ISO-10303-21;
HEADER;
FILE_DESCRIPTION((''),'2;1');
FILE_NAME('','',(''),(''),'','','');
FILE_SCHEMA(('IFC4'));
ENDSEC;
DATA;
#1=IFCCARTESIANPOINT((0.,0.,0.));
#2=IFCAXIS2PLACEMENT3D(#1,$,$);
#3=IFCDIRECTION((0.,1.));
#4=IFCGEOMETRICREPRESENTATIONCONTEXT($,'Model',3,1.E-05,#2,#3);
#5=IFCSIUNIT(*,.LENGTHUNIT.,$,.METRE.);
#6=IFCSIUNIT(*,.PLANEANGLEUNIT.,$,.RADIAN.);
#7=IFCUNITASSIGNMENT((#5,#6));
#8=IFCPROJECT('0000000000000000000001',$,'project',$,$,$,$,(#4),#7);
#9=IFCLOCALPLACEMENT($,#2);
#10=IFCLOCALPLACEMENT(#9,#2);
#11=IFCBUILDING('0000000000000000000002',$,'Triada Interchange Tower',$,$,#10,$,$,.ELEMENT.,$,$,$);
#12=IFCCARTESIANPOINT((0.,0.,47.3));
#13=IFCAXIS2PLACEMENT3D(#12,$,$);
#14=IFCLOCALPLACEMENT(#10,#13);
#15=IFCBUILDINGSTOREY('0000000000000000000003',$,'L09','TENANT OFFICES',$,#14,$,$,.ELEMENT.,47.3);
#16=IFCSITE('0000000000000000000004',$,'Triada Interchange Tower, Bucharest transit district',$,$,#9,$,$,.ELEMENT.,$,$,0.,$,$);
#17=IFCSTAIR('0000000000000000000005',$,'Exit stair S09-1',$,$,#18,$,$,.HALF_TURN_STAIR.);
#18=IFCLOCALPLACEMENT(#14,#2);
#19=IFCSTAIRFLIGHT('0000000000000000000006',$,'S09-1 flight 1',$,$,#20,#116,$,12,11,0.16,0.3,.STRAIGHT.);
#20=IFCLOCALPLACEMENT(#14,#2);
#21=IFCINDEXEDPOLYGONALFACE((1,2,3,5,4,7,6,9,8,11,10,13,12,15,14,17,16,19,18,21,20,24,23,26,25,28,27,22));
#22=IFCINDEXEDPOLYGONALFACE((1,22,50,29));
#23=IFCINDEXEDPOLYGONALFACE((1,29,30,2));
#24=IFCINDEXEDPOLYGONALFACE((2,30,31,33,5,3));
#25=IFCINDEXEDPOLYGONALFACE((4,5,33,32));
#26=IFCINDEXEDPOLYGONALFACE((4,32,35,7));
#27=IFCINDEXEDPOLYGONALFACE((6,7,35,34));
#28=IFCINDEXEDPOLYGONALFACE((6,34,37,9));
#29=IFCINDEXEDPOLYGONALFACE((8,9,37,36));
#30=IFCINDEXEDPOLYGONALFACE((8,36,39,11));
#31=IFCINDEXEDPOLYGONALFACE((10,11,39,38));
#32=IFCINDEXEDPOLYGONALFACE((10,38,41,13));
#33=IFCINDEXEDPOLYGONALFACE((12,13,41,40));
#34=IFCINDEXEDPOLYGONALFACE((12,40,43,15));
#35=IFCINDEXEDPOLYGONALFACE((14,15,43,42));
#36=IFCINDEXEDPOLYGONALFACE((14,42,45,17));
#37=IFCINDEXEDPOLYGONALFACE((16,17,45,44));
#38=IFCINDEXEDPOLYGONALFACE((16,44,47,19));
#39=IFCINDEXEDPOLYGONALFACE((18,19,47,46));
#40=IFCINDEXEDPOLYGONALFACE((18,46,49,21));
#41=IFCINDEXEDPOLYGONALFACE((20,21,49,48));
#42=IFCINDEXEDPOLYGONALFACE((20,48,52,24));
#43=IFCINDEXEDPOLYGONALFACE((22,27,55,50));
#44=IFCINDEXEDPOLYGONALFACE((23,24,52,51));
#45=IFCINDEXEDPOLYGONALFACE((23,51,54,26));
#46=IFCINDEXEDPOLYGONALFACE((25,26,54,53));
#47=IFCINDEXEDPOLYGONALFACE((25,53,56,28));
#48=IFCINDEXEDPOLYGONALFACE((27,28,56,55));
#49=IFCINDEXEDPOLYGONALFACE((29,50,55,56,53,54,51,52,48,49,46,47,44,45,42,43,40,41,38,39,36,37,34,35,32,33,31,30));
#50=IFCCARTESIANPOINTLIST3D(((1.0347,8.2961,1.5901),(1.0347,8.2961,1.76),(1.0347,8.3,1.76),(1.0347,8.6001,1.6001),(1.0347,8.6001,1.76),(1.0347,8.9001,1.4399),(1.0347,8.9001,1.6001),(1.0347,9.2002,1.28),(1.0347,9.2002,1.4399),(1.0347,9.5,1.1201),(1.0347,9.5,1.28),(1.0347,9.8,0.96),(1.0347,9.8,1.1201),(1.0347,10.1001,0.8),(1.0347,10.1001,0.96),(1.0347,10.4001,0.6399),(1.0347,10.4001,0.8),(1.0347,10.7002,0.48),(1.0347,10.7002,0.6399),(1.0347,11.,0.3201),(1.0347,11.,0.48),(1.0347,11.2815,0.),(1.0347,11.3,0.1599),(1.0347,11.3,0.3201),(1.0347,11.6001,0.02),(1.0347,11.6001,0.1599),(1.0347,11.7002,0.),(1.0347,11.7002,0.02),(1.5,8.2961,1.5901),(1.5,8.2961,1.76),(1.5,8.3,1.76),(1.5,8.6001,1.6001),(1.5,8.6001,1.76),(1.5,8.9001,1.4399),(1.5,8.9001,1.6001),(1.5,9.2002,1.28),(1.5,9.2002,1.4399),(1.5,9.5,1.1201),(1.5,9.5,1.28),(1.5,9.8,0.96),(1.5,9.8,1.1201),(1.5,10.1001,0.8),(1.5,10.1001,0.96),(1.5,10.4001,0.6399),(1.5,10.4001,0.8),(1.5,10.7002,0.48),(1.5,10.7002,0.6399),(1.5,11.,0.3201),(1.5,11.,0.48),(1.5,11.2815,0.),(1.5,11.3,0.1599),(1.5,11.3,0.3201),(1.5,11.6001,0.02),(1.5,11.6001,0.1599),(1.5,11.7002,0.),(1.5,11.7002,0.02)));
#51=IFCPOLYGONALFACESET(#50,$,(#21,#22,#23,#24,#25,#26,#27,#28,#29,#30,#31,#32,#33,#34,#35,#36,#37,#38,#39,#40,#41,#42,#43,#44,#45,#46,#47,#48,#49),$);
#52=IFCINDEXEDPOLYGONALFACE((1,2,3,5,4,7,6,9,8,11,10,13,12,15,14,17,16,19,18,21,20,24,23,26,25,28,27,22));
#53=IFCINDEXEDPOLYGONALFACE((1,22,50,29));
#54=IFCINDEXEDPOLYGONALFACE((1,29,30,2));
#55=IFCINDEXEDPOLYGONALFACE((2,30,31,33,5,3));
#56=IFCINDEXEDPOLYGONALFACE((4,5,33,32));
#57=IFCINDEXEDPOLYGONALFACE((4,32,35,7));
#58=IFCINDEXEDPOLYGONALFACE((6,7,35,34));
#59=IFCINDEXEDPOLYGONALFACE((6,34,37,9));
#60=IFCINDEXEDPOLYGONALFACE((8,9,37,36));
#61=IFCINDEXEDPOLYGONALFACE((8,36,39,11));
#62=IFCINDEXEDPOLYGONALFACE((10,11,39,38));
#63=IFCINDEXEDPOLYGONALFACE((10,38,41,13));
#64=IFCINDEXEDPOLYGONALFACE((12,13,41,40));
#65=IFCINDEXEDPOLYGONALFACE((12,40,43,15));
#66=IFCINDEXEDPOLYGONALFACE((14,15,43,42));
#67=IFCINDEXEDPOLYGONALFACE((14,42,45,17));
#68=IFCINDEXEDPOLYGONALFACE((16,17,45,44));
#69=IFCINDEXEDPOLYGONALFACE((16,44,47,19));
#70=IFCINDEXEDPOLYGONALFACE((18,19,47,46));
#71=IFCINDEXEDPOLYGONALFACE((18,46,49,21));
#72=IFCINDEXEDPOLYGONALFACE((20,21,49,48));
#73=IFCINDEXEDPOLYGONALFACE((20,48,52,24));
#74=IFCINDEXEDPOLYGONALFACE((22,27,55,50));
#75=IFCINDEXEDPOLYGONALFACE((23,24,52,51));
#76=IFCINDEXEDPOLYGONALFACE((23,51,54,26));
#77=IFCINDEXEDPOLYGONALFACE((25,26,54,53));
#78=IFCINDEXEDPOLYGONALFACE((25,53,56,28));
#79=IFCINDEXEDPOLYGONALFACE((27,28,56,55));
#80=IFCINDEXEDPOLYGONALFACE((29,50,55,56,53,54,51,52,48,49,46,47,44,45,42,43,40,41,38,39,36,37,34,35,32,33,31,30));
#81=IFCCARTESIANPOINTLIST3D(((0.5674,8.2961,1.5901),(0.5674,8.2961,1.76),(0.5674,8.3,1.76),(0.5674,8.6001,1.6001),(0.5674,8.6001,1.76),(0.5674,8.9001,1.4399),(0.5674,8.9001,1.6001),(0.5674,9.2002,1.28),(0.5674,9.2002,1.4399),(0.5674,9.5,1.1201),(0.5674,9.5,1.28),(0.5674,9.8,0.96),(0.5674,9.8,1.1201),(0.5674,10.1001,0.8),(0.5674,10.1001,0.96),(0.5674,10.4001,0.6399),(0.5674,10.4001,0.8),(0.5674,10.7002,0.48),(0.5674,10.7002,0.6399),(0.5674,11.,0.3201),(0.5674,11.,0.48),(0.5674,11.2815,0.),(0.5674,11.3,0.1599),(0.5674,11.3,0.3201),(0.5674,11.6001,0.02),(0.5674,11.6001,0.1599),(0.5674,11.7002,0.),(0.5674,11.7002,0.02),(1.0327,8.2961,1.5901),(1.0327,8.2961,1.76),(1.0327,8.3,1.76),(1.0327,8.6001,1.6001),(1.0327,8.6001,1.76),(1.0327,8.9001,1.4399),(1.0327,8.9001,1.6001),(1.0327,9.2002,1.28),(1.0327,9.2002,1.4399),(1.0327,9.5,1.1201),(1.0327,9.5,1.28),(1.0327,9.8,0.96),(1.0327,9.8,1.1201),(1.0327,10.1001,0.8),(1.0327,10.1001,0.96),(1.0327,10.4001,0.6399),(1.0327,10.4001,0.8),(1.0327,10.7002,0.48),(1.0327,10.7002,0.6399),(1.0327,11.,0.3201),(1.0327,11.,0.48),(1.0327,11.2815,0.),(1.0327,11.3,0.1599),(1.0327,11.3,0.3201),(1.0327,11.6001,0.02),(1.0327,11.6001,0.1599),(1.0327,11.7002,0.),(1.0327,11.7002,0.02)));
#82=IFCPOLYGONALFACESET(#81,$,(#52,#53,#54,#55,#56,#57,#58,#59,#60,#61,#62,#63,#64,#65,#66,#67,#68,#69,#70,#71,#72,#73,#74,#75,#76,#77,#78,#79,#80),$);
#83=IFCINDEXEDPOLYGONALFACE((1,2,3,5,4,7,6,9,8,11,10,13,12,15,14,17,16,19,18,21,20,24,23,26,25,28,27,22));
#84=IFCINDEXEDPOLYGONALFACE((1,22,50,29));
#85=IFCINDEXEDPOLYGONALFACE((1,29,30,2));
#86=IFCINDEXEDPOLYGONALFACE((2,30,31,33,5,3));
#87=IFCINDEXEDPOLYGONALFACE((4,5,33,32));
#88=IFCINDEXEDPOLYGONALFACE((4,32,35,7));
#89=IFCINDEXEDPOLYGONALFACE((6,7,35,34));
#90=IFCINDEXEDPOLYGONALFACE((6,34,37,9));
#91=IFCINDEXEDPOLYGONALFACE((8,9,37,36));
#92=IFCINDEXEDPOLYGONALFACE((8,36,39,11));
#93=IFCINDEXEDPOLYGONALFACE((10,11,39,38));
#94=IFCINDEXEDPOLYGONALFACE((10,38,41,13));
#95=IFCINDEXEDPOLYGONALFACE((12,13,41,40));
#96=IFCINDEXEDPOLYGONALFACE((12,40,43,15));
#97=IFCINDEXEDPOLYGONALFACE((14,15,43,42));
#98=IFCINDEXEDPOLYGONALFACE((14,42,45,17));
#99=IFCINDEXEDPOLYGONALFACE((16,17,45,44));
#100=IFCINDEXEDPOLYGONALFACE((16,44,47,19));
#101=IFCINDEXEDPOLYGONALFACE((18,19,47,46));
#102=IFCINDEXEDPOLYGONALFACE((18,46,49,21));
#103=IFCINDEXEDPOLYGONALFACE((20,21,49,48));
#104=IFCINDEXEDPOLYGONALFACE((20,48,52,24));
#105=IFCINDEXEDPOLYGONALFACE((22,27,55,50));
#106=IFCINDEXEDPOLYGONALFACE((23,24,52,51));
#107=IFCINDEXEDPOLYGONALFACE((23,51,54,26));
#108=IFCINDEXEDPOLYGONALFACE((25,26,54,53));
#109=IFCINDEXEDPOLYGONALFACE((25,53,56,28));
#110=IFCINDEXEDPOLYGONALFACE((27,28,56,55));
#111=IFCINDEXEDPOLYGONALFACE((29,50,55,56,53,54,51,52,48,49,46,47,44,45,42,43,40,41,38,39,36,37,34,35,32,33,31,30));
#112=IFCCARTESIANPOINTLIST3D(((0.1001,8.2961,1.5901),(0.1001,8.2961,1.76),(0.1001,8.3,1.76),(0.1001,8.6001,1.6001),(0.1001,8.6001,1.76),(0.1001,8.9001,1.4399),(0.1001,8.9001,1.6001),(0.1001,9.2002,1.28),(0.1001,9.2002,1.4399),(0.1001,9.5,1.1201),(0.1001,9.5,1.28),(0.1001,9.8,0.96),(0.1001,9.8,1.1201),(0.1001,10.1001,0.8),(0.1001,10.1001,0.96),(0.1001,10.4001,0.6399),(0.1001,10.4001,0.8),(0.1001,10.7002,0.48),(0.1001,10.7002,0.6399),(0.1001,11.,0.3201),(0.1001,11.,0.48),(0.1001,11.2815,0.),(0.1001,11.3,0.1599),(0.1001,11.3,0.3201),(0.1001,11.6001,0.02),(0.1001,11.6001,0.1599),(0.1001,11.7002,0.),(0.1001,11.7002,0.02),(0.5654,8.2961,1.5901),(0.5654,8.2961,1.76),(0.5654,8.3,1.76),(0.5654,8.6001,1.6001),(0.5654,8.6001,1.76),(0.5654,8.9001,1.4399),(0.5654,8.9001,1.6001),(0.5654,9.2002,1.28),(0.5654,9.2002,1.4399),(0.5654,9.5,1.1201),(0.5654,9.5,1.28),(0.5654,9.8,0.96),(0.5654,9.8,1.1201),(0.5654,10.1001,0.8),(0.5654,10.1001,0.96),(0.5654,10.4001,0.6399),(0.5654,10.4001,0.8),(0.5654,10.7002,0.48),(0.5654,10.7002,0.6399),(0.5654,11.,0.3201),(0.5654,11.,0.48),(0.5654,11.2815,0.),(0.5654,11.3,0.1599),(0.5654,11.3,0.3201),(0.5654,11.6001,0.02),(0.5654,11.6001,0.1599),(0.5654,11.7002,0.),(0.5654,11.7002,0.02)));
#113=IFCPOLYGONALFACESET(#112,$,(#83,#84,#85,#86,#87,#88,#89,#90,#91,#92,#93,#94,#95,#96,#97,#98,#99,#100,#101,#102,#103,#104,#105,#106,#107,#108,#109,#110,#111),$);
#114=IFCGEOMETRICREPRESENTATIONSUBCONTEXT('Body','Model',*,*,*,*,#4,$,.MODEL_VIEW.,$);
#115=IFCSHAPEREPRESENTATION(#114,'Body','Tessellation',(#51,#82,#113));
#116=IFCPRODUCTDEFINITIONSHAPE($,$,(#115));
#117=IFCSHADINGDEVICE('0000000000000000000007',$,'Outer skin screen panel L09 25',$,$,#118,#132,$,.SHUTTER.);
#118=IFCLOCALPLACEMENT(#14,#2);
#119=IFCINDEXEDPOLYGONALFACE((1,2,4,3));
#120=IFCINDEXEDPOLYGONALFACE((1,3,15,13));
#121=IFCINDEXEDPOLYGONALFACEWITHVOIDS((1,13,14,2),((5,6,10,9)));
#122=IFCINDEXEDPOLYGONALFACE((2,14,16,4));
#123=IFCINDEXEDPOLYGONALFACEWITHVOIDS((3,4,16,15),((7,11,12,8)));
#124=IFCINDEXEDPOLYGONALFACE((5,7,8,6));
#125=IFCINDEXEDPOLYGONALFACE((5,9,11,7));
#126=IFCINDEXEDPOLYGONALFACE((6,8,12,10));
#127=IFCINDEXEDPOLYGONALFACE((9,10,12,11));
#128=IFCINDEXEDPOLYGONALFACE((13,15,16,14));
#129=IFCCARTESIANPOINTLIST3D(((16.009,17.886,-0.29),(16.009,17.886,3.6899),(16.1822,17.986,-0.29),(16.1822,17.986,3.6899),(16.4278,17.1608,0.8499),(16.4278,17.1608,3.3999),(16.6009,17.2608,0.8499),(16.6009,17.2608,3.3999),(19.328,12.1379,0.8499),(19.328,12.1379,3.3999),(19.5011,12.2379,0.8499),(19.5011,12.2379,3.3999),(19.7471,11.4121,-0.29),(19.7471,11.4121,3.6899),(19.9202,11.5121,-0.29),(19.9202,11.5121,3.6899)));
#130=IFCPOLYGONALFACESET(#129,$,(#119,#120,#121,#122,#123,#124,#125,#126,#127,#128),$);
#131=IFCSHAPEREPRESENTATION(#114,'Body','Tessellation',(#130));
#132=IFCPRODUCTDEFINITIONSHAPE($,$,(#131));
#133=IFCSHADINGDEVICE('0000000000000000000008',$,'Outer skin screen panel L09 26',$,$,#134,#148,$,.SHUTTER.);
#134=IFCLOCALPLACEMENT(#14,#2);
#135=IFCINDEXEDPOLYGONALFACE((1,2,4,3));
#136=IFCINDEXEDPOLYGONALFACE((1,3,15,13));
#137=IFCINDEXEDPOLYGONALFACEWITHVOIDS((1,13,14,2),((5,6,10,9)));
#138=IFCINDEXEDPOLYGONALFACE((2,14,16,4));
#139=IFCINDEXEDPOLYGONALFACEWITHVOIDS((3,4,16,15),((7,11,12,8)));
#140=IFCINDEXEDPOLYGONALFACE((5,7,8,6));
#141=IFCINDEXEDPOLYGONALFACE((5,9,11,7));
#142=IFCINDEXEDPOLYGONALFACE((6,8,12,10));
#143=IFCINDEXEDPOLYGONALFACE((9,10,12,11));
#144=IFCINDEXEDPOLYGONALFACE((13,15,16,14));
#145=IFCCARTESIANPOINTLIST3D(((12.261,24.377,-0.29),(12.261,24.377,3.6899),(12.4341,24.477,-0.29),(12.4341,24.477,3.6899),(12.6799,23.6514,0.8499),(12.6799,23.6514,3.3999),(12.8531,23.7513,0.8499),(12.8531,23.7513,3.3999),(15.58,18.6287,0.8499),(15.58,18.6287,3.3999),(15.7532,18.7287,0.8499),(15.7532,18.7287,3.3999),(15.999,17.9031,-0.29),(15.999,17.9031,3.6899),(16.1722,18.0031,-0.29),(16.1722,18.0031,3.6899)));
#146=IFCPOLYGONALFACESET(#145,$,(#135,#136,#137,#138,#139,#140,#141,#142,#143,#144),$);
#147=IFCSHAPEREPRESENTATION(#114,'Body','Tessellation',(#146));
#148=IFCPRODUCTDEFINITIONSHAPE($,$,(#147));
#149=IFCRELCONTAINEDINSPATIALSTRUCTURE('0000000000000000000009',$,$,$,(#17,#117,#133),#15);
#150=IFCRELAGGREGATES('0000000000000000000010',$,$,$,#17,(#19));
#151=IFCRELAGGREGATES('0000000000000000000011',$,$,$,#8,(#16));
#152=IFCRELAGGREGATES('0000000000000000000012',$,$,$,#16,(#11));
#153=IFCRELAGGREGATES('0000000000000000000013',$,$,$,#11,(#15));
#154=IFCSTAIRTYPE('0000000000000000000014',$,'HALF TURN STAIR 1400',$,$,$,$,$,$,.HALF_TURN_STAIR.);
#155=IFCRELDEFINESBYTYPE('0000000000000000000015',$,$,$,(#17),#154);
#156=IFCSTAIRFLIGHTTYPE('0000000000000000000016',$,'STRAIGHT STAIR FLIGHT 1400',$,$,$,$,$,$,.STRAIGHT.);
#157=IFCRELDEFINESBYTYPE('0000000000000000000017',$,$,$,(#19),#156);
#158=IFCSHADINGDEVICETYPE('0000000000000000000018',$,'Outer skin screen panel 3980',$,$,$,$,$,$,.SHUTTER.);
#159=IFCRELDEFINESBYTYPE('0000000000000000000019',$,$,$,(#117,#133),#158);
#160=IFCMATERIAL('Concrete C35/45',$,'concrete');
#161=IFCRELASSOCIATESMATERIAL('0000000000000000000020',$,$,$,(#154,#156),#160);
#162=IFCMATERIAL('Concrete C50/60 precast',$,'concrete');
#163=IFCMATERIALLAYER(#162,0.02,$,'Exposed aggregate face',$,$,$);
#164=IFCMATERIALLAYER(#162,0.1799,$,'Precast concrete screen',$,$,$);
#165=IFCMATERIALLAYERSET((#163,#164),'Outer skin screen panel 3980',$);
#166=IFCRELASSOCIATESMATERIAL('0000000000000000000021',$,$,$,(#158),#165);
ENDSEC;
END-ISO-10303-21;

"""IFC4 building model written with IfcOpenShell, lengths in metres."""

from ifc_helpers import new_model, si_unit, direction, frame, origin, place, context, subcontext, project, spatial, polyline, outline, extrude, material, layer, layer_set, type_object, element, aggregate, save


model = new_model("IFC4")

# Units and contexts
model_context = context("Model", 3, precision=1e-05, world=origin(), true_north=direction((0.0, 1.0)))
body_context = subcontext(model_context, "Body", "Model", "MODEL_VIEW")
ifc_project = project(units=[si_unit("LENGTHUNIT", "METRE"), si_unit("PLANEANGLEUNIT", "RADIAN")], contexts=[model_context])

# Site, building, storey
site_placement = place(None, origin())
site = spatial("IfcSite", under=ifc_project, at=site_placement, Name="Triada Interchange Tower, Bucharest transit district", CompositionType="ELEMENT", RefElevation=0.0)
building_placement = place(site_placement, origin())
building = spatial("IfcBuilding", under=site, at=building_placement, Name="Triada Interchange Tower", CompositionType="ELEMENT")
storey_placement = place(building_placement, frame((0.0, 0.0, 47.3)))
storey = spatial("IfcBuildingStorey", under=building, at=storey_placement, Name="L09", Description="TENANT OFFICES", CompositionType="ELEMENT", Elevation=47.3)

# Stair, stair flight
ifc_material_1 = material(Name="Concrete C35/45", Category="concrete")
stair_type = type_object("IfcStairType", Name="HALF TURN STAIR 1400", PredefinedType="HALF_TURN_STAIR", material=ifc_material_1)
stair_placement = place(storey_placement, origin())
stair = element("IfcStair", 1, at=stair_placement, inside=storey, type_object=stair_type, Name="Exit stair S09-1", PredefinedType="HALF_TURN_STAIR")
stair_flight_type = type_object("IfcStairFlightType", Name="STRAIGHT STAIR FLIGHT 1400", PredefinedType="STRAIGHT", material=ifc_material_1)
stair_flight_placement = place(storey_placement, frame((0.8, 11.6001, 0.0), z_axis=(0.0, 0.0, 1.0), x_axis=(0.0, -1.0, 0.0)))
stair_flight = element("IfcStairFlight", 2, at=stair_flight_placement, type_object=stair_flight_type, Name="S09-1 flight 1", NumberOfRisers=12, NumberOfTreads=11, PredefinedType="STRAIGHT", RiserHeight=0.16, TreadLength=0.3, context=body_context, shape_type="SweptSolid", body=[
    extrude(outline(polyline([(-0.1001, 0.0), (-0.1001, 0.02), (0.0, 0.02), (0.0, 0.1599), (0.3, 0.1599), (0.3, 0.3201), (0.6001, 0.3201), (0.6001, 0.48), (0.8999, 0.48), (0.8999, 0.6399), (1.2, 0.6399), (1.2, 0.8), (1.5, 0.8), (1.5, 0.96), (1.8, 0.96), (1.8, 1.1201), (2.1001, 1.1201), (2.1001, 1.28), (2.3999, 1.28), (2.3999, 1.4399), (2.7, 1.4399), (2.7, 1.6001), (3.0, 1.6001), (3.0, 1.76), (3.3, 1.76), (3.304, 1.76), (3.304, 1.9199), (3.304, 1.5901), (0.3186, 0.0), (-0.1001, 0.0)])), frame((0.0, 0.7, 0.0), z_axis=(0.0, -1.0, 0.0), x_axis=(1.0, 0.0, 0.0)), (0.0, 0.0, 1.0), 0.4653),
    extrude(outline(polyline([(-0.1001, 0.0), (-0.1001, 0.02), (0.0, 0.02), (0.0, 0.1599), (0.3, 0.1599), (0.3, 0.3201), (0.6001, 0.3201), (0.6001, 0.48), (0.8999, 0.48), (0.8999, 0.6399), (1.2, 0.6399), (1.2, 0.8), (1.5, 0.8), (1.5, 0.96), (1.8, 0.96), (1.8, 1.1201), (2.1001, 1.1201), (2.1001, 1.28), (2.3999, 1.28), (2.3999, 1.4399), (2.7, 1.4399), (2.7, 1.6001), (3.0, 1.6001), (3.0, 1.76), (3.3, 1.76), (3.304, 1.76), (3.304, 1.9199), (3.304, 1.5901), (0.3186, 0.0), (-0.1001, 0.0)])), frame((0.0, 0.2327, 0.0), z_axis=(0.0, -1.0, 0.0), x_axis=(1.0, 0.0, 0.0)), (0.0, 0.0, 1.0), 0.4653),
    extrude(outline(polyline([(-0.1001, 0.0), (-0.1001, 0.02), (0.0, 0.02), (0.0, 0.1599), (0.3, 0.1599), (0.3, 0.3201), (0.6001, 0.3201), (0.6001, 0.48), (0.8999, 0.48), (0.8999, 0.6399), (1.2, 0.6399), (1.2, 0.8), (1.5, 0.8), (1.5, 0.96), (1.8, 0.96), (1.8, 1.1201), (2.1001, 1.1201), (2.1001, 1.28), (2.3999, 1.28), (2.3999, 1.4399), (2.7, 1.4399), (2.7, 1.6001), (3.0, 1.6001), (3.0, 1.76), (3.3, 1.76), (3.304, 1.76), (3.304, 1.9199), (3.304, 1.5901), (0.3186, 0.0), (-0.1001, 0.0)])), frame((0.0, -0.2346, 0.0), z_axis=(0.0, -1.0, 0.0), x_axis=(1.0, 0.0, 0.0)), (0.0, 0.0, 1.0), 0.4653),
])

# Shading devices
ifc_material_2 = material(Name="Concrete C50/60 precast", Category="concrete")
ifc_layer_1 = layer(ifc_material_2, 0.02, Name="Exposed aggregate face")
ifc_layer_2 = layer(ifc_material_2, 0.1799, Name="Precast concrete screen")
ifc_layer_set_1 = layer_set([ifc_layer_1, ifc_layer_2], Name="Outer skin screen panel 3980")
shading_device_type = type_object("IfcShadingDeviceType", Name="Outer skin screen panel 3980", PredefinedType="SHUTTER", material=ifc_layer_set_1)
shading_device_1_placement = place(storey_placement, frame((19.7471, 11.4121, -0.29), z_axis=(0.0, 0.0, 1.0), x_axis=(-0.500034, 0.866006, 0.0)))
element("IfcShadingDevice", 3, at=shading_device_1_placement, inside=storey, type_object=shading_device_type, Name="Outer skin screen panel L09 25", PredefinedType="SHUTTER", context=body_context, shape_type="SweptSolid", body=[
    extrude(outline(polyline([(0.0, 0.0), (7.4756, 0.0), (7.4756, 3.98), (0.0, 3.98), (0.0, 0.0)]), holes=[polyline([(0.8381, 1.1399), (0.8381, 3.6899), (6.6382, 3.6899), (6.6382, 1.1399), (0.8381, 1.1399)])]), frame((0.0, 0.0, 0.0), z_axis=(0.0, -1.0, 0.0), x_axis=(1.0, 0.0, 0.0)), (0.0, 0.0, 1.0), 0.2),
])
shading_device_2_placement = place(storey_placement, frame((15.999, 17.9031, -0.29), z_axis=(0.0, 0.0, 1.0), x_axis=(-0.500034, 0.866006, 0.0)))
element("IfcShadingDevice", 4, at=shading_device_2_placement, inside=storey, type_object=shading_device_type, Name="Outer skin screen panel L09 26", PredefinedType="SHUTTER", context=body_context, shape_type="SweptSolid", body=[
    extrude(outline(polyline([(0.0, 0.0), (7.4756, 0.0), (7.4756, 3.98), (0.0, 3.98), (0.0, 0.0)]), holes=[polyline([(0.8379, 1.1399), (0.8379, 3.6899), (6.6377, 3.6899), (6.6377, 1.1399), (0.8379, 1.1399)])]), frame((0.0, 0.0, 0.0), z_axis=(0.0, -1.0, 0.0), x_axis=(1.0, 0.0, 0.0)), (0.0, 0.0, 1.0), 0.2),
])

aggregate(stair, [stair_flight])

save(model, "model.ifc")
